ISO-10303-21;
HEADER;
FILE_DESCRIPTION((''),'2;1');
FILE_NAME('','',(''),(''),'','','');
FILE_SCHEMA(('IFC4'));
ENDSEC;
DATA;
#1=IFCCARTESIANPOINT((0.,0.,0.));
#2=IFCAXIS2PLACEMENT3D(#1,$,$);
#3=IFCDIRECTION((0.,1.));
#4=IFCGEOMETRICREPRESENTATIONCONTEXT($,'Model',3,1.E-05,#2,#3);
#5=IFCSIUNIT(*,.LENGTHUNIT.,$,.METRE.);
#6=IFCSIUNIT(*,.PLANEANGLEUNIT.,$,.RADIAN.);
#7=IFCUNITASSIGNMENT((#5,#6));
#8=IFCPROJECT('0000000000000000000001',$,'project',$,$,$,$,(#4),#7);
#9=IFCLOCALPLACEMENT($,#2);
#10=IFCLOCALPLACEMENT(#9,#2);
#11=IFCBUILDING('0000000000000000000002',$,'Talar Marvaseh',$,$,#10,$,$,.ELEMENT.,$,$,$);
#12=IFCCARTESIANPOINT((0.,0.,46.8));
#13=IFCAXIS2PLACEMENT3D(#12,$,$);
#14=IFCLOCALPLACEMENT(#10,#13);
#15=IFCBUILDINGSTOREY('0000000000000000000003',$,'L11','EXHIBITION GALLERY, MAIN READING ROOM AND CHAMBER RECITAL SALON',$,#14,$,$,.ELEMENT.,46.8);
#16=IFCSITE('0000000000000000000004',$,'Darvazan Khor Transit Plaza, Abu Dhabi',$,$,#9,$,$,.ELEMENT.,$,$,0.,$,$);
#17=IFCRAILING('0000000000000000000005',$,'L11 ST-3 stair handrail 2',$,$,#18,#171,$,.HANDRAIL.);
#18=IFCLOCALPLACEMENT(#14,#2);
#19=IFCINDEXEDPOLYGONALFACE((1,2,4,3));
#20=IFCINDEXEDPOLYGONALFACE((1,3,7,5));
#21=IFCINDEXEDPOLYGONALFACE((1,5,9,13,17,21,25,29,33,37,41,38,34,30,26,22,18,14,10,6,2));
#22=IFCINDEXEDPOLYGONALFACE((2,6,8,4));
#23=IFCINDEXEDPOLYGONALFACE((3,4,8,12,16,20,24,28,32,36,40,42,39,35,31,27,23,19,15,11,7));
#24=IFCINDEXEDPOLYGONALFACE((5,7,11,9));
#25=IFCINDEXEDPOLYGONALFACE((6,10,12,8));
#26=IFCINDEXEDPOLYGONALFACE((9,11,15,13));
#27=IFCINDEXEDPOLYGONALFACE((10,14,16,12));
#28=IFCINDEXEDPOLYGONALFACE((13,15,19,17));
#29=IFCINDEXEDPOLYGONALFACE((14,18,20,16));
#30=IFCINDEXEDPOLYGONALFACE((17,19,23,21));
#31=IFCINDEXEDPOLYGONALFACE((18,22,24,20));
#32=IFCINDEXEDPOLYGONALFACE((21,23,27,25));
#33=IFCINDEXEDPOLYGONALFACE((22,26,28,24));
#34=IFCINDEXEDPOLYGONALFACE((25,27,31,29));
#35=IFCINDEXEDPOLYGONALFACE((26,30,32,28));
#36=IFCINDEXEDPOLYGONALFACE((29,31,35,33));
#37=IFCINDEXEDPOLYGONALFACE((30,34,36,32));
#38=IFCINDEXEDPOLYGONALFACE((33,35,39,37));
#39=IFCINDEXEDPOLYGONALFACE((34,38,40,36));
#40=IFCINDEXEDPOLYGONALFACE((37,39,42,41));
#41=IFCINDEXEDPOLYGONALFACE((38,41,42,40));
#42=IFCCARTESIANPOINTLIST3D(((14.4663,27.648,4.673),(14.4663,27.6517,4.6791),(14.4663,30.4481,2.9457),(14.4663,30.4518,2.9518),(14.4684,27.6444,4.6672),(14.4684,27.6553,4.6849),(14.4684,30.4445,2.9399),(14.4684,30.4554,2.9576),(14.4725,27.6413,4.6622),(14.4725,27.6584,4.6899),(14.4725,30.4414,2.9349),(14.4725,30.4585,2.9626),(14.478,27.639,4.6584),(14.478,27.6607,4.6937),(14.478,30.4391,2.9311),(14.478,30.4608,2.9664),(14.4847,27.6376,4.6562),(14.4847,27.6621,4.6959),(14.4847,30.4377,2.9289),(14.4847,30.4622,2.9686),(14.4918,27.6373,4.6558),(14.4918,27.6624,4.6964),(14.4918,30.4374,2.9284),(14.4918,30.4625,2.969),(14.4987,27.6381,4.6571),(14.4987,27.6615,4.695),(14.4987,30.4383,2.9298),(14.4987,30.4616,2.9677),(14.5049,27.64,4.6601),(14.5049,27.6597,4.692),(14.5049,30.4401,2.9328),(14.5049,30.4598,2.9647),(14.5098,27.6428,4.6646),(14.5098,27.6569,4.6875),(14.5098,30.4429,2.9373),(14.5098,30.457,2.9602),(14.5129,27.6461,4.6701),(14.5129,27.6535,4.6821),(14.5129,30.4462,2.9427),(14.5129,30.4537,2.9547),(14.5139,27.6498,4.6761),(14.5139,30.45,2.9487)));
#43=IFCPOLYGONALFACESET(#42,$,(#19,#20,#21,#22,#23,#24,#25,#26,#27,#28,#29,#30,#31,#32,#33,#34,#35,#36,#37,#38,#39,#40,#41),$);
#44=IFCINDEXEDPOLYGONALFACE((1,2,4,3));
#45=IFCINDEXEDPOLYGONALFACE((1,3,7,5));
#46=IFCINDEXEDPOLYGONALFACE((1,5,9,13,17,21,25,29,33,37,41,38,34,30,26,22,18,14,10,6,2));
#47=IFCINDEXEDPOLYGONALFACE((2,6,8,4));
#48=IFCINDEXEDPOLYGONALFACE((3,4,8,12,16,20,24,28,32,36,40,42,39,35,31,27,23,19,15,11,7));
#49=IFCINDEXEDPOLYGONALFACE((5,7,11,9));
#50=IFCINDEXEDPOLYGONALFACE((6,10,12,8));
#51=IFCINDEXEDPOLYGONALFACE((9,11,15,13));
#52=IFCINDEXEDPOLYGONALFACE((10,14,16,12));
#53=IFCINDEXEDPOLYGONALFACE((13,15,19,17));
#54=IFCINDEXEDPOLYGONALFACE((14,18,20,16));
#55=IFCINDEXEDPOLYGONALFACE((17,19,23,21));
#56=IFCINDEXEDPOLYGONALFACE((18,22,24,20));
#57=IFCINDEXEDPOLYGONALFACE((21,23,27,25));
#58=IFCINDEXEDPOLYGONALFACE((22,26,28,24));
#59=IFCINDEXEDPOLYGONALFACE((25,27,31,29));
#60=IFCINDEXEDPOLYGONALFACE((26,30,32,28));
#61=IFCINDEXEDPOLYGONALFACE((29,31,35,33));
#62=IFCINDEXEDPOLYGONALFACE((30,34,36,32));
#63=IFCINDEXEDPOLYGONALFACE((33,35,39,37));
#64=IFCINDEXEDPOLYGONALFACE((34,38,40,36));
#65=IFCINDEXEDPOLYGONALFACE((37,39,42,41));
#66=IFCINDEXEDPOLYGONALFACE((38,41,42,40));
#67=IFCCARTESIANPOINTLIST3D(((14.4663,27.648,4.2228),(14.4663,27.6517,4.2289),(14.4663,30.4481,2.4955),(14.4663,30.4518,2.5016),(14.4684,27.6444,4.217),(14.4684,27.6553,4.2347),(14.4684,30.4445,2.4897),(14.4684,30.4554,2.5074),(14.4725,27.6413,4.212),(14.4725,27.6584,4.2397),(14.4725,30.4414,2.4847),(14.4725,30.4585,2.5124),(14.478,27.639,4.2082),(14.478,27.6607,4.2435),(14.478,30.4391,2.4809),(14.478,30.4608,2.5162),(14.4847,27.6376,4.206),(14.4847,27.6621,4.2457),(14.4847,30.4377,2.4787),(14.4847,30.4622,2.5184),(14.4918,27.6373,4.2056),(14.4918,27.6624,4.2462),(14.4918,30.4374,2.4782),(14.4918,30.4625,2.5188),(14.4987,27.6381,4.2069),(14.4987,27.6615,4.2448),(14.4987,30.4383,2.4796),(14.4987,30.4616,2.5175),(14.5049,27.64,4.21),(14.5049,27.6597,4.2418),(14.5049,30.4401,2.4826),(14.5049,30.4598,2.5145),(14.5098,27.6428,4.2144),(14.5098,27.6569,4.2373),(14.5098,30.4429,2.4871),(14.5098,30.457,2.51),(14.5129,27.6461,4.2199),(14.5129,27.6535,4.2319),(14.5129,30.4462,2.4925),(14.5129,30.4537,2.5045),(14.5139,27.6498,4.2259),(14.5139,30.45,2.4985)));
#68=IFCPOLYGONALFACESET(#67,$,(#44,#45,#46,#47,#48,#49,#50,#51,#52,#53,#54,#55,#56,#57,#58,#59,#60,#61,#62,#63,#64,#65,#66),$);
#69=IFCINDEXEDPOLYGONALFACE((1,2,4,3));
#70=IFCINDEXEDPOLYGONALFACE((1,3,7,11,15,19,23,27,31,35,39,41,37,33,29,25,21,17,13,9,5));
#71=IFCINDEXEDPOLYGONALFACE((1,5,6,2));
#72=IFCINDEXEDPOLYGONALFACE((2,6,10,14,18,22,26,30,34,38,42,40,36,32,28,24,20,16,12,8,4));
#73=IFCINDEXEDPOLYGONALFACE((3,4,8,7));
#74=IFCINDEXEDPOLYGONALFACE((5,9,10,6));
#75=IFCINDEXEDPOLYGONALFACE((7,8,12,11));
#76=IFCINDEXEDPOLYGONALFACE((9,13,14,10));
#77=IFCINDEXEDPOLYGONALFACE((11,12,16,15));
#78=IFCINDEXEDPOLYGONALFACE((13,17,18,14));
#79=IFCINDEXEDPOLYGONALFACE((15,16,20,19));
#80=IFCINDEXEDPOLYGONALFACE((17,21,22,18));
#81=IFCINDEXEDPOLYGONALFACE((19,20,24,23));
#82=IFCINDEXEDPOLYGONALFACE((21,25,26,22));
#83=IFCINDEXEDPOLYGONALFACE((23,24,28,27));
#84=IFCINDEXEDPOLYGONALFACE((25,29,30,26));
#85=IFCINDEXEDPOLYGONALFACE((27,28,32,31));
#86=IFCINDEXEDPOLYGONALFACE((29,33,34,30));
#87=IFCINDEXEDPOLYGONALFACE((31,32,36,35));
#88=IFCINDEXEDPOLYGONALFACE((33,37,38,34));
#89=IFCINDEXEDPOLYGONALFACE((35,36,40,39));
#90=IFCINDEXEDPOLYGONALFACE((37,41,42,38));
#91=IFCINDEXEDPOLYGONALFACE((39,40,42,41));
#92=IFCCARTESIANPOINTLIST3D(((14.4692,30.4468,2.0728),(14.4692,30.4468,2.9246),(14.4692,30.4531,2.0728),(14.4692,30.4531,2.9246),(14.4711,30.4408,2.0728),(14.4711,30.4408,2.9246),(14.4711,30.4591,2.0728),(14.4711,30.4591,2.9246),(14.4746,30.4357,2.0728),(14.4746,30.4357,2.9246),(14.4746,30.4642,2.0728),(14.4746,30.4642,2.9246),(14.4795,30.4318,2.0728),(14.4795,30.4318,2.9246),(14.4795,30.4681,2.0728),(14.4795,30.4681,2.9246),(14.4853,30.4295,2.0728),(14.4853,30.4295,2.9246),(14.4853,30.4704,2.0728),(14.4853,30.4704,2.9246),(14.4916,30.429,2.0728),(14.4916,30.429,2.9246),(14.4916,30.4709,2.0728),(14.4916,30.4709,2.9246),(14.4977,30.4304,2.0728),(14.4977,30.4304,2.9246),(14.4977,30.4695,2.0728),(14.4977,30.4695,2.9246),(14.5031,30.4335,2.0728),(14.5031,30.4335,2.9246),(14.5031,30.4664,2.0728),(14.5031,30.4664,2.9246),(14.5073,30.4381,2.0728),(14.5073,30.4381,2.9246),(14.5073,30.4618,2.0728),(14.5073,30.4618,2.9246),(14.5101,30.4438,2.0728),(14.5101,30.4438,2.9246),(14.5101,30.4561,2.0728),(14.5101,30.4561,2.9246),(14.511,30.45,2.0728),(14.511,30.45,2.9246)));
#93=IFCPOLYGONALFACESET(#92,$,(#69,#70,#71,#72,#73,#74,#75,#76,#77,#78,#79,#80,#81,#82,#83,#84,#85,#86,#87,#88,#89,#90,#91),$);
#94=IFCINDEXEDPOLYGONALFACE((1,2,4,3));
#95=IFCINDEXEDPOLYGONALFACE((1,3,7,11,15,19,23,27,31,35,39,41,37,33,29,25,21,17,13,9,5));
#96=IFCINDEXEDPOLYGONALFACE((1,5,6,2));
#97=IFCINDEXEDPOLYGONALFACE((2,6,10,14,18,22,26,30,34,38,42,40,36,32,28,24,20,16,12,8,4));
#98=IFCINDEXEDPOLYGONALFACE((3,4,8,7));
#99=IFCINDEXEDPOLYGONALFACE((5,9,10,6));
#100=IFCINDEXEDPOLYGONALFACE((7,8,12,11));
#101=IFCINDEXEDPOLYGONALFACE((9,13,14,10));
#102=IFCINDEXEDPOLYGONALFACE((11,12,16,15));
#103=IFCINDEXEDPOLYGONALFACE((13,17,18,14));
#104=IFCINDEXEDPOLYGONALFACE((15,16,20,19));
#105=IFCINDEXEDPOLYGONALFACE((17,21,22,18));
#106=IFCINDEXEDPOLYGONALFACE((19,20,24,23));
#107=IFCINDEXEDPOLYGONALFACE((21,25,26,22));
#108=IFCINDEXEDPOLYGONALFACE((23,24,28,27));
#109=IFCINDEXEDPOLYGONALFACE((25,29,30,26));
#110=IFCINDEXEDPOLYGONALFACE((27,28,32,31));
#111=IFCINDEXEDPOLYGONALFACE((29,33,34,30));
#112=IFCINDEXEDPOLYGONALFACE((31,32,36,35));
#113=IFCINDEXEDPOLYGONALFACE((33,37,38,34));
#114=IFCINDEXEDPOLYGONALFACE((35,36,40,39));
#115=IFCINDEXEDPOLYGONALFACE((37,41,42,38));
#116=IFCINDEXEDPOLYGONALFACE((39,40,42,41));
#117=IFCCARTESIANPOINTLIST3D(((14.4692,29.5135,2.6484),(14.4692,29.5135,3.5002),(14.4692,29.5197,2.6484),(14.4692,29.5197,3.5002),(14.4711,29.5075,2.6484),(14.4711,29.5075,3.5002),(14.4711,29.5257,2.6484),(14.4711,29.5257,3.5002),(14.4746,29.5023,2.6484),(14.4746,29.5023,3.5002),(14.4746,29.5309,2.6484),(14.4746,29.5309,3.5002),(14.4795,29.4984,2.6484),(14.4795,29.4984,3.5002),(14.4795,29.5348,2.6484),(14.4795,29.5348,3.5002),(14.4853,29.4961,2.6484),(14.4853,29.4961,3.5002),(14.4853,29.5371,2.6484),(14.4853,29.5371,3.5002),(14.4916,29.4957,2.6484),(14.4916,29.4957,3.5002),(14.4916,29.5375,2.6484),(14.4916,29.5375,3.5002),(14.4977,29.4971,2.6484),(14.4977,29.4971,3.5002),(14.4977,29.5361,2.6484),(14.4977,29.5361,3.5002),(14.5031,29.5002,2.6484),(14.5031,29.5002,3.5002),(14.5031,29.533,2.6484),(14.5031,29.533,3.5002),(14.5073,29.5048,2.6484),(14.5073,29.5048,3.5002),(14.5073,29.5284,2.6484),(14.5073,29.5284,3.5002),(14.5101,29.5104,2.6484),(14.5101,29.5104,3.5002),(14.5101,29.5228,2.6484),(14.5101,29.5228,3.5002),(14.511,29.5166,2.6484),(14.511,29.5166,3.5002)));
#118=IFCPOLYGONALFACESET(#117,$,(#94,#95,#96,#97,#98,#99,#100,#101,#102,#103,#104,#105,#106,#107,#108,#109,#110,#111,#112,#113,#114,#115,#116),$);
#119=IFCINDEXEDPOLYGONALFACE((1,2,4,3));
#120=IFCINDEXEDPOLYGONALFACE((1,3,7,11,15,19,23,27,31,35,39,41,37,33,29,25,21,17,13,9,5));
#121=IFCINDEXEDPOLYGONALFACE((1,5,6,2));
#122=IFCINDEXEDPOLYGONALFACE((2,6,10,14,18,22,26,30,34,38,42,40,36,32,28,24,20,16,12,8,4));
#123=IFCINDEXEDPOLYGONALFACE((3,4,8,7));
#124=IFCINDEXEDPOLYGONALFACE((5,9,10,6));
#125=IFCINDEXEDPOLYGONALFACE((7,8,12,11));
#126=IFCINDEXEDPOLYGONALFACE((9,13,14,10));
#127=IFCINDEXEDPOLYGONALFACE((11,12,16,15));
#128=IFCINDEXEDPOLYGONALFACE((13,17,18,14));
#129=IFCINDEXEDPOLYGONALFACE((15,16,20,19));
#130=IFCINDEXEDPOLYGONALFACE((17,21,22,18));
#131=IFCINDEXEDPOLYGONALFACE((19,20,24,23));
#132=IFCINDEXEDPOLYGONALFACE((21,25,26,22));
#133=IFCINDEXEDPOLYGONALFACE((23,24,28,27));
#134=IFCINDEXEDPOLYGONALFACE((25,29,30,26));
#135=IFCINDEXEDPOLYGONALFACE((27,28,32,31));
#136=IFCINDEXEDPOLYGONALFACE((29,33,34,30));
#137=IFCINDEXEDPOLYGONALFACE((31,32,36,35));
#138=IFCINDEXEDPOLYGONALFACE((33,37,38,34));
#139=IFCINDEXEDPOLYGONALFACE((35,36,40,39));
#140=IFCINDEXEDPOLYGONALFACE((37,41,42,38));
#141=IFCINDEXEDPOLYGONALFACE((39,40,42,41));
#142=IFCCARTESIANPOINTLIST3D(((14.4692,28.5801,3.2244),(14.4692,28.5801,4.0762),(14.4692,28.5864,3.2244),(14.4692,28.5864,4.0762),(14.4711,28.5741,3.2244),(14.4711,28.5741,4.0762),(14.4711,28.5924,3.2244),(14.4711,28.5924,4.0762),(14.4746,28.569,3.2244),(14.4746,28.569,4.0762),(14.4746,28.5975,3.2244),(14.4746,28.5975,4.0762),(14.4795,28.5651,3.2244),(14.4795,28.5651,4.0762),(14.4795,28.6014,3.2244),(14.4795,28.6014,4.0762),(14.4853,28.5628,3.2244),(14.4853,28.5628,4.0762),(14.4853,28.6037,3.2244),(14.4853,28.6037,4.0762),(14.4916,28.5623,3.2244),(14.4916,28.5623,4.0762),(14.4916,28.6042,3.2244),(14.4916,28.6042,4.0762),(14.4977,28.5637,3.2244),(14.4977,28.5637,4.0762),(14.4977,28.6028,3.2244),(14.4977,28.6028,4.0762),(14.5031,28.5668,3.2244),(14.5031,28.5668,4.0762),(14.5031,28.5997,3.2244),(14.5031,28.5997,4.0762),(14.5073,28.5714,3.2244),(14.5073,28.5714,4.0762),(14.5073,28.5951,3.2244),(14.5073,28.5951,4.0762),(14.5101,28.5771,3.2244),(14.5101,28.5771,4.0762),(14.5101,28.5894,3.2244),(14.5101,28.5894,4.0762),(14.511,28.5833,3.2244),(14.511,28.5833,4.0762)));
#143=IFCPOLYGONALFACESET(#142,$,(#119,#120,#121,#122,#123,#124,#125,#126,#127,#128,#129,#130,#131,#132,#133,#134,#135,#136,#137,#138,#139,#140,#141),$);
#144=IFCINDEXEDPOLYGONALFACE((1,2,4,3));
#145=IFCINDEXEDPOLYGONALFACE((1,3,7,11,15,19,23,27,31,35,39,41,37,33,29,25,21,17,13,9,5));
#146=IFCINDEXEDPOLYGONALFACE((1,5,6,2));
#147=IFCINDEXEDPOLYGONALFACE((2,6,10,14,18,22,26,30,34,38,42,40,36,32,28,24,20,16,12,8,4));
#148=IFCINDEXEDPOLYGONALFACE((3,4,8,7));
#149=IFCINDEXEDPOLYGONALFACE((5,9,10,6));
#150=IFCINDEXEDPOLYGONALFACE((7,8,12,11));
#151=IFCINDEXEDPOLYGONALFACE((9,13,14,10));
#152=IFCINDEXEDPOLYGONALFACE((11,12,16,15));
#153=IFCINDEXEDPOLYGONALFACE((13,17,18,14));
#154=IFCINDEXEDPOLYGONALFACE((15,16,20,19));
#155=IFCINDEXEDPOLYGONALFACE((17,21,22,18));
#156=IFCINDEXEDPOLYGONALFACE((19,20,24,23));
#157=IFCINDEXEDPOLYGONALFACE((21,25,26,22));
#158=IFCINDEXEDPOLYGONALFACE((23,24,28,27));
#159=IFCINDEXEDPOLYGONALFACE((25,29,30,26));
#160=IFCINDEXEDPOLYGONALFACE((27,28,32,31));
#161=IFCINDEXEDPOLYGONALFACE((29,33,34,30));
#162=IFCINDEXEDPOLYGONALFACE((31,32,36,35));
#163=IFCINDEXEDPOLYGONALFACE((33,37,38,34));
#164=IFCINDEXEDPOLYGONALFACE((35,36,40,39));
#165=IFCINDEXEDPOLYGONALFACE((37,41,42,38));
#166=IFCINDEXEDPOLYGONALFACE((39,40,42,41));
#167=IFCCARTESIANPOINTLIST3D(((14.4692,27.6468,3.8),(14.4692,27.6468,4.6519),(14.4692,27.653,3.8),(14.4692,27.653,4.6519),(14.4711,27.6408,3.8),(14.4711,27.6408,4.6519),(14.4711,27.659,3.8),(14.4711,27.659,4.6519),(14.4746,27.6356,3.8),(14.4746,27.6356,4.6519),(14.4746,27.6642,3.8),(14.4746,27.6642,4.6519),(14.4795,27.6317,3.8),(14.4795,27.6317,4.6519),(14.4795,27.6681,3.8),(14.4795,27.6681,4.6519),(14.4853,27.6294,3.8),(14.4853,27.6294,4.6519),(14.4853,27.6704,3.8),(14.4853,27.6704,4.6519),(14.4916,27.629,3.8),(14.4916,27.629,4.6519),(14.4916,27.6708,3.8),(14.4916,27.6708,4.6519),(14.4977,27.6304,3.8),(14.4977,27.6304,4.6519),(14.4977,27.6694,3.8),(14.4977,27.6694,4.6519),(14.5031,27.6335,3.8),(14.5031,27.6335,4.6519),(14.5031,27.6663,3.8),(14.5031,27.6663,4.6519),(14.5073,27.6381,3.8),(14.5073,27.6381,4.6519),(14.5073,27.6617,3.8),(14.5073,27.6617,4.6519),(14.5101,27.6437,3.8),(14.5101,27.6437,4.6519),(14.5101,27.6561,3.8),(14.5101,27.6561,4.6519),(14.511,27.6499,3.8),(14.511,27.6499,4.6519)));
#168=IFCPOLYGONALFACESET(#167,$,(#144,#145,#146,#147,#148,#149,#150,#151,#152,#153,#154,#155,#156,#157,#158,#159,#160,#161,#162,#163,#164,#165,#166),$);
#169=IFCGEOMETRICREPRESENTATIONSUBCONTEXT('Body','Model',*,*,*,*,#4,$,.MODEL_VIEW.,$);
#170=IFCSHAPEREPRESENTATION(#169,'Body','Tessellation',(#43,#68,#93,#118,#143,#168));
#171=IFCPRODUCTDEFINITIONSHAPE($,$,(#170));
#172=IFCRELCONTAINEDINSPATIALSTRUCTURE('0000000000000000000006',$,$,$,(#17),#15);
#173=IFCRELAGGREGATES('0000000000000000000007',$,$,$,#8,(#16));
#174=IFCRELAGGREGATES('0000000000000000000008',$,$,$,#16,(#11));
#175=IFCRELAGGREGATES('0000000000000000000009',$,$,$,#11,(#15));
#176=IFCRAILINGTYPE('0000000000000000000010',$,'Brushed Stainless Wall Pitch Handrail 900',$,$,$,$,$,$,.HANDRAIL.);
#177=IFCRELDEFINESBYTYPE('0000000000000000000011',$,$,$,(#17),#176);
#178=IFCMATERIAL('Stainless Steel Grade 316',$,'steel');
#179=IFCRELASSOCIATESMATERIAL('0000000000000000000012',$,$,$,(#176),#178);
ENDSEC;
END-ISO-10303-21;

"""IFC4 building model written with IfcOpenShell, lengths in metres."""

from ifc_helpers import new_model, si_unit, direction, frame, origin, origin_2d, place, context, subcontext, project, spatial, circle, extrude, material, type_object, element, save


model = new_model("IFC4")

# Units and contexts
model_context = context("Model", 3, precision=1e-05, world=origin(), true_north=direction((0.0, 1.0)))
body_context = subcontext(model_context, "Body", "Model", "MODEL_VIEW")
ifc_project = project(units=[si_unit("LENGTHUNIT", "METRE"), si_unit("PLANEANGLEUNIT", "RADIAN")], contexts=[model_context])

# Site, building, storey
site_placement = place(None, origin())
site = spatial("IfcSite", under=ifc_project, at=site_placement, Name="Darvazan Khor Transit Plaza, Abu Dhabi", CompositionType="ELEMENT", RefElevation=0.0)
building_placement = place(site_placement, origin())
building = spatial("IfcBuilding", under=site, at=building_placement, Name="Talar Marvaseh", CompositionType="ELEMENT")
storey_placement = place(building_placement, frame((0.0, 0.0, 46.8)))
storey = spatial("IfcBuildingStorey", under=building, at=storey_placement, Name="L11", Description="EXHIBITION GALLERY, MAIN READING ROOM AND CHAMBER RECITAL SALON", CompositionType="ELEMENT", Elevation=46.8)

# Railing
ifc_material_1 = material(Name="Stainless Steel Grade 316", Category="steel")
railing_type_1 = type_object("IfcRailingType", Name="Brushed Stainless Wall Pitch Handrail 900", PredefinedType="HANDRAIL", material=ifc_material_1)
railing_1_placement = place(storey_placement, frame((14.49, 30.45, 2.0728)))
element("IfcRailing", 1, at=railing_1_placement, inside=storey, type_object=railing_type_1, Name="L11 ST-3 stair handrail 2", PredefinedType="HANDRAIL", context=body_context, shape_type="SweptSolid", body=[
    extrude(circle(Radius=0.0239, at=origin_2d()), frame((0.0, 0.0, 0.876), z_axis=(0.0, -0.85109, 0.52502), x_axis=(1.0, 0.0, 0.0)), (0.0, 0.0, 1.0), 3.29),
    extrude(circle(Radius=0.0239, at=origin_2d()), frame((0.0, 0.0, 0.4258), z_axis=(0.0, -0.85109, 0.52502), x_axis=(1.0, 0.0, 0.0)), (0.0, 0.0, 1.0), 3.29),
    extrude(circle(Radius=0.021, at=origin_2d()), origin(), (0.0, 0.0, 1.0), 0.8518),
    extrude(circle(Radius=0.021, at=origin_2d()), frame((0.0, -0.9333, 0.5757)), (0.0, 0.0, 1.0), 0.8518),
    extrude(circle(Radius=0.021, at=origin_2d()), frame((0.0, -1.8667, 1.1516)), (0.0, 0.0, 1.0), 0.8518),
    extrude(circle(Radius=0.021, at=origin_2d()), frame((0.0, -2.8, 1.7273)), (0.0, 0.0, 1.0), 0.8518),
])

save(model, "model.ifc")
